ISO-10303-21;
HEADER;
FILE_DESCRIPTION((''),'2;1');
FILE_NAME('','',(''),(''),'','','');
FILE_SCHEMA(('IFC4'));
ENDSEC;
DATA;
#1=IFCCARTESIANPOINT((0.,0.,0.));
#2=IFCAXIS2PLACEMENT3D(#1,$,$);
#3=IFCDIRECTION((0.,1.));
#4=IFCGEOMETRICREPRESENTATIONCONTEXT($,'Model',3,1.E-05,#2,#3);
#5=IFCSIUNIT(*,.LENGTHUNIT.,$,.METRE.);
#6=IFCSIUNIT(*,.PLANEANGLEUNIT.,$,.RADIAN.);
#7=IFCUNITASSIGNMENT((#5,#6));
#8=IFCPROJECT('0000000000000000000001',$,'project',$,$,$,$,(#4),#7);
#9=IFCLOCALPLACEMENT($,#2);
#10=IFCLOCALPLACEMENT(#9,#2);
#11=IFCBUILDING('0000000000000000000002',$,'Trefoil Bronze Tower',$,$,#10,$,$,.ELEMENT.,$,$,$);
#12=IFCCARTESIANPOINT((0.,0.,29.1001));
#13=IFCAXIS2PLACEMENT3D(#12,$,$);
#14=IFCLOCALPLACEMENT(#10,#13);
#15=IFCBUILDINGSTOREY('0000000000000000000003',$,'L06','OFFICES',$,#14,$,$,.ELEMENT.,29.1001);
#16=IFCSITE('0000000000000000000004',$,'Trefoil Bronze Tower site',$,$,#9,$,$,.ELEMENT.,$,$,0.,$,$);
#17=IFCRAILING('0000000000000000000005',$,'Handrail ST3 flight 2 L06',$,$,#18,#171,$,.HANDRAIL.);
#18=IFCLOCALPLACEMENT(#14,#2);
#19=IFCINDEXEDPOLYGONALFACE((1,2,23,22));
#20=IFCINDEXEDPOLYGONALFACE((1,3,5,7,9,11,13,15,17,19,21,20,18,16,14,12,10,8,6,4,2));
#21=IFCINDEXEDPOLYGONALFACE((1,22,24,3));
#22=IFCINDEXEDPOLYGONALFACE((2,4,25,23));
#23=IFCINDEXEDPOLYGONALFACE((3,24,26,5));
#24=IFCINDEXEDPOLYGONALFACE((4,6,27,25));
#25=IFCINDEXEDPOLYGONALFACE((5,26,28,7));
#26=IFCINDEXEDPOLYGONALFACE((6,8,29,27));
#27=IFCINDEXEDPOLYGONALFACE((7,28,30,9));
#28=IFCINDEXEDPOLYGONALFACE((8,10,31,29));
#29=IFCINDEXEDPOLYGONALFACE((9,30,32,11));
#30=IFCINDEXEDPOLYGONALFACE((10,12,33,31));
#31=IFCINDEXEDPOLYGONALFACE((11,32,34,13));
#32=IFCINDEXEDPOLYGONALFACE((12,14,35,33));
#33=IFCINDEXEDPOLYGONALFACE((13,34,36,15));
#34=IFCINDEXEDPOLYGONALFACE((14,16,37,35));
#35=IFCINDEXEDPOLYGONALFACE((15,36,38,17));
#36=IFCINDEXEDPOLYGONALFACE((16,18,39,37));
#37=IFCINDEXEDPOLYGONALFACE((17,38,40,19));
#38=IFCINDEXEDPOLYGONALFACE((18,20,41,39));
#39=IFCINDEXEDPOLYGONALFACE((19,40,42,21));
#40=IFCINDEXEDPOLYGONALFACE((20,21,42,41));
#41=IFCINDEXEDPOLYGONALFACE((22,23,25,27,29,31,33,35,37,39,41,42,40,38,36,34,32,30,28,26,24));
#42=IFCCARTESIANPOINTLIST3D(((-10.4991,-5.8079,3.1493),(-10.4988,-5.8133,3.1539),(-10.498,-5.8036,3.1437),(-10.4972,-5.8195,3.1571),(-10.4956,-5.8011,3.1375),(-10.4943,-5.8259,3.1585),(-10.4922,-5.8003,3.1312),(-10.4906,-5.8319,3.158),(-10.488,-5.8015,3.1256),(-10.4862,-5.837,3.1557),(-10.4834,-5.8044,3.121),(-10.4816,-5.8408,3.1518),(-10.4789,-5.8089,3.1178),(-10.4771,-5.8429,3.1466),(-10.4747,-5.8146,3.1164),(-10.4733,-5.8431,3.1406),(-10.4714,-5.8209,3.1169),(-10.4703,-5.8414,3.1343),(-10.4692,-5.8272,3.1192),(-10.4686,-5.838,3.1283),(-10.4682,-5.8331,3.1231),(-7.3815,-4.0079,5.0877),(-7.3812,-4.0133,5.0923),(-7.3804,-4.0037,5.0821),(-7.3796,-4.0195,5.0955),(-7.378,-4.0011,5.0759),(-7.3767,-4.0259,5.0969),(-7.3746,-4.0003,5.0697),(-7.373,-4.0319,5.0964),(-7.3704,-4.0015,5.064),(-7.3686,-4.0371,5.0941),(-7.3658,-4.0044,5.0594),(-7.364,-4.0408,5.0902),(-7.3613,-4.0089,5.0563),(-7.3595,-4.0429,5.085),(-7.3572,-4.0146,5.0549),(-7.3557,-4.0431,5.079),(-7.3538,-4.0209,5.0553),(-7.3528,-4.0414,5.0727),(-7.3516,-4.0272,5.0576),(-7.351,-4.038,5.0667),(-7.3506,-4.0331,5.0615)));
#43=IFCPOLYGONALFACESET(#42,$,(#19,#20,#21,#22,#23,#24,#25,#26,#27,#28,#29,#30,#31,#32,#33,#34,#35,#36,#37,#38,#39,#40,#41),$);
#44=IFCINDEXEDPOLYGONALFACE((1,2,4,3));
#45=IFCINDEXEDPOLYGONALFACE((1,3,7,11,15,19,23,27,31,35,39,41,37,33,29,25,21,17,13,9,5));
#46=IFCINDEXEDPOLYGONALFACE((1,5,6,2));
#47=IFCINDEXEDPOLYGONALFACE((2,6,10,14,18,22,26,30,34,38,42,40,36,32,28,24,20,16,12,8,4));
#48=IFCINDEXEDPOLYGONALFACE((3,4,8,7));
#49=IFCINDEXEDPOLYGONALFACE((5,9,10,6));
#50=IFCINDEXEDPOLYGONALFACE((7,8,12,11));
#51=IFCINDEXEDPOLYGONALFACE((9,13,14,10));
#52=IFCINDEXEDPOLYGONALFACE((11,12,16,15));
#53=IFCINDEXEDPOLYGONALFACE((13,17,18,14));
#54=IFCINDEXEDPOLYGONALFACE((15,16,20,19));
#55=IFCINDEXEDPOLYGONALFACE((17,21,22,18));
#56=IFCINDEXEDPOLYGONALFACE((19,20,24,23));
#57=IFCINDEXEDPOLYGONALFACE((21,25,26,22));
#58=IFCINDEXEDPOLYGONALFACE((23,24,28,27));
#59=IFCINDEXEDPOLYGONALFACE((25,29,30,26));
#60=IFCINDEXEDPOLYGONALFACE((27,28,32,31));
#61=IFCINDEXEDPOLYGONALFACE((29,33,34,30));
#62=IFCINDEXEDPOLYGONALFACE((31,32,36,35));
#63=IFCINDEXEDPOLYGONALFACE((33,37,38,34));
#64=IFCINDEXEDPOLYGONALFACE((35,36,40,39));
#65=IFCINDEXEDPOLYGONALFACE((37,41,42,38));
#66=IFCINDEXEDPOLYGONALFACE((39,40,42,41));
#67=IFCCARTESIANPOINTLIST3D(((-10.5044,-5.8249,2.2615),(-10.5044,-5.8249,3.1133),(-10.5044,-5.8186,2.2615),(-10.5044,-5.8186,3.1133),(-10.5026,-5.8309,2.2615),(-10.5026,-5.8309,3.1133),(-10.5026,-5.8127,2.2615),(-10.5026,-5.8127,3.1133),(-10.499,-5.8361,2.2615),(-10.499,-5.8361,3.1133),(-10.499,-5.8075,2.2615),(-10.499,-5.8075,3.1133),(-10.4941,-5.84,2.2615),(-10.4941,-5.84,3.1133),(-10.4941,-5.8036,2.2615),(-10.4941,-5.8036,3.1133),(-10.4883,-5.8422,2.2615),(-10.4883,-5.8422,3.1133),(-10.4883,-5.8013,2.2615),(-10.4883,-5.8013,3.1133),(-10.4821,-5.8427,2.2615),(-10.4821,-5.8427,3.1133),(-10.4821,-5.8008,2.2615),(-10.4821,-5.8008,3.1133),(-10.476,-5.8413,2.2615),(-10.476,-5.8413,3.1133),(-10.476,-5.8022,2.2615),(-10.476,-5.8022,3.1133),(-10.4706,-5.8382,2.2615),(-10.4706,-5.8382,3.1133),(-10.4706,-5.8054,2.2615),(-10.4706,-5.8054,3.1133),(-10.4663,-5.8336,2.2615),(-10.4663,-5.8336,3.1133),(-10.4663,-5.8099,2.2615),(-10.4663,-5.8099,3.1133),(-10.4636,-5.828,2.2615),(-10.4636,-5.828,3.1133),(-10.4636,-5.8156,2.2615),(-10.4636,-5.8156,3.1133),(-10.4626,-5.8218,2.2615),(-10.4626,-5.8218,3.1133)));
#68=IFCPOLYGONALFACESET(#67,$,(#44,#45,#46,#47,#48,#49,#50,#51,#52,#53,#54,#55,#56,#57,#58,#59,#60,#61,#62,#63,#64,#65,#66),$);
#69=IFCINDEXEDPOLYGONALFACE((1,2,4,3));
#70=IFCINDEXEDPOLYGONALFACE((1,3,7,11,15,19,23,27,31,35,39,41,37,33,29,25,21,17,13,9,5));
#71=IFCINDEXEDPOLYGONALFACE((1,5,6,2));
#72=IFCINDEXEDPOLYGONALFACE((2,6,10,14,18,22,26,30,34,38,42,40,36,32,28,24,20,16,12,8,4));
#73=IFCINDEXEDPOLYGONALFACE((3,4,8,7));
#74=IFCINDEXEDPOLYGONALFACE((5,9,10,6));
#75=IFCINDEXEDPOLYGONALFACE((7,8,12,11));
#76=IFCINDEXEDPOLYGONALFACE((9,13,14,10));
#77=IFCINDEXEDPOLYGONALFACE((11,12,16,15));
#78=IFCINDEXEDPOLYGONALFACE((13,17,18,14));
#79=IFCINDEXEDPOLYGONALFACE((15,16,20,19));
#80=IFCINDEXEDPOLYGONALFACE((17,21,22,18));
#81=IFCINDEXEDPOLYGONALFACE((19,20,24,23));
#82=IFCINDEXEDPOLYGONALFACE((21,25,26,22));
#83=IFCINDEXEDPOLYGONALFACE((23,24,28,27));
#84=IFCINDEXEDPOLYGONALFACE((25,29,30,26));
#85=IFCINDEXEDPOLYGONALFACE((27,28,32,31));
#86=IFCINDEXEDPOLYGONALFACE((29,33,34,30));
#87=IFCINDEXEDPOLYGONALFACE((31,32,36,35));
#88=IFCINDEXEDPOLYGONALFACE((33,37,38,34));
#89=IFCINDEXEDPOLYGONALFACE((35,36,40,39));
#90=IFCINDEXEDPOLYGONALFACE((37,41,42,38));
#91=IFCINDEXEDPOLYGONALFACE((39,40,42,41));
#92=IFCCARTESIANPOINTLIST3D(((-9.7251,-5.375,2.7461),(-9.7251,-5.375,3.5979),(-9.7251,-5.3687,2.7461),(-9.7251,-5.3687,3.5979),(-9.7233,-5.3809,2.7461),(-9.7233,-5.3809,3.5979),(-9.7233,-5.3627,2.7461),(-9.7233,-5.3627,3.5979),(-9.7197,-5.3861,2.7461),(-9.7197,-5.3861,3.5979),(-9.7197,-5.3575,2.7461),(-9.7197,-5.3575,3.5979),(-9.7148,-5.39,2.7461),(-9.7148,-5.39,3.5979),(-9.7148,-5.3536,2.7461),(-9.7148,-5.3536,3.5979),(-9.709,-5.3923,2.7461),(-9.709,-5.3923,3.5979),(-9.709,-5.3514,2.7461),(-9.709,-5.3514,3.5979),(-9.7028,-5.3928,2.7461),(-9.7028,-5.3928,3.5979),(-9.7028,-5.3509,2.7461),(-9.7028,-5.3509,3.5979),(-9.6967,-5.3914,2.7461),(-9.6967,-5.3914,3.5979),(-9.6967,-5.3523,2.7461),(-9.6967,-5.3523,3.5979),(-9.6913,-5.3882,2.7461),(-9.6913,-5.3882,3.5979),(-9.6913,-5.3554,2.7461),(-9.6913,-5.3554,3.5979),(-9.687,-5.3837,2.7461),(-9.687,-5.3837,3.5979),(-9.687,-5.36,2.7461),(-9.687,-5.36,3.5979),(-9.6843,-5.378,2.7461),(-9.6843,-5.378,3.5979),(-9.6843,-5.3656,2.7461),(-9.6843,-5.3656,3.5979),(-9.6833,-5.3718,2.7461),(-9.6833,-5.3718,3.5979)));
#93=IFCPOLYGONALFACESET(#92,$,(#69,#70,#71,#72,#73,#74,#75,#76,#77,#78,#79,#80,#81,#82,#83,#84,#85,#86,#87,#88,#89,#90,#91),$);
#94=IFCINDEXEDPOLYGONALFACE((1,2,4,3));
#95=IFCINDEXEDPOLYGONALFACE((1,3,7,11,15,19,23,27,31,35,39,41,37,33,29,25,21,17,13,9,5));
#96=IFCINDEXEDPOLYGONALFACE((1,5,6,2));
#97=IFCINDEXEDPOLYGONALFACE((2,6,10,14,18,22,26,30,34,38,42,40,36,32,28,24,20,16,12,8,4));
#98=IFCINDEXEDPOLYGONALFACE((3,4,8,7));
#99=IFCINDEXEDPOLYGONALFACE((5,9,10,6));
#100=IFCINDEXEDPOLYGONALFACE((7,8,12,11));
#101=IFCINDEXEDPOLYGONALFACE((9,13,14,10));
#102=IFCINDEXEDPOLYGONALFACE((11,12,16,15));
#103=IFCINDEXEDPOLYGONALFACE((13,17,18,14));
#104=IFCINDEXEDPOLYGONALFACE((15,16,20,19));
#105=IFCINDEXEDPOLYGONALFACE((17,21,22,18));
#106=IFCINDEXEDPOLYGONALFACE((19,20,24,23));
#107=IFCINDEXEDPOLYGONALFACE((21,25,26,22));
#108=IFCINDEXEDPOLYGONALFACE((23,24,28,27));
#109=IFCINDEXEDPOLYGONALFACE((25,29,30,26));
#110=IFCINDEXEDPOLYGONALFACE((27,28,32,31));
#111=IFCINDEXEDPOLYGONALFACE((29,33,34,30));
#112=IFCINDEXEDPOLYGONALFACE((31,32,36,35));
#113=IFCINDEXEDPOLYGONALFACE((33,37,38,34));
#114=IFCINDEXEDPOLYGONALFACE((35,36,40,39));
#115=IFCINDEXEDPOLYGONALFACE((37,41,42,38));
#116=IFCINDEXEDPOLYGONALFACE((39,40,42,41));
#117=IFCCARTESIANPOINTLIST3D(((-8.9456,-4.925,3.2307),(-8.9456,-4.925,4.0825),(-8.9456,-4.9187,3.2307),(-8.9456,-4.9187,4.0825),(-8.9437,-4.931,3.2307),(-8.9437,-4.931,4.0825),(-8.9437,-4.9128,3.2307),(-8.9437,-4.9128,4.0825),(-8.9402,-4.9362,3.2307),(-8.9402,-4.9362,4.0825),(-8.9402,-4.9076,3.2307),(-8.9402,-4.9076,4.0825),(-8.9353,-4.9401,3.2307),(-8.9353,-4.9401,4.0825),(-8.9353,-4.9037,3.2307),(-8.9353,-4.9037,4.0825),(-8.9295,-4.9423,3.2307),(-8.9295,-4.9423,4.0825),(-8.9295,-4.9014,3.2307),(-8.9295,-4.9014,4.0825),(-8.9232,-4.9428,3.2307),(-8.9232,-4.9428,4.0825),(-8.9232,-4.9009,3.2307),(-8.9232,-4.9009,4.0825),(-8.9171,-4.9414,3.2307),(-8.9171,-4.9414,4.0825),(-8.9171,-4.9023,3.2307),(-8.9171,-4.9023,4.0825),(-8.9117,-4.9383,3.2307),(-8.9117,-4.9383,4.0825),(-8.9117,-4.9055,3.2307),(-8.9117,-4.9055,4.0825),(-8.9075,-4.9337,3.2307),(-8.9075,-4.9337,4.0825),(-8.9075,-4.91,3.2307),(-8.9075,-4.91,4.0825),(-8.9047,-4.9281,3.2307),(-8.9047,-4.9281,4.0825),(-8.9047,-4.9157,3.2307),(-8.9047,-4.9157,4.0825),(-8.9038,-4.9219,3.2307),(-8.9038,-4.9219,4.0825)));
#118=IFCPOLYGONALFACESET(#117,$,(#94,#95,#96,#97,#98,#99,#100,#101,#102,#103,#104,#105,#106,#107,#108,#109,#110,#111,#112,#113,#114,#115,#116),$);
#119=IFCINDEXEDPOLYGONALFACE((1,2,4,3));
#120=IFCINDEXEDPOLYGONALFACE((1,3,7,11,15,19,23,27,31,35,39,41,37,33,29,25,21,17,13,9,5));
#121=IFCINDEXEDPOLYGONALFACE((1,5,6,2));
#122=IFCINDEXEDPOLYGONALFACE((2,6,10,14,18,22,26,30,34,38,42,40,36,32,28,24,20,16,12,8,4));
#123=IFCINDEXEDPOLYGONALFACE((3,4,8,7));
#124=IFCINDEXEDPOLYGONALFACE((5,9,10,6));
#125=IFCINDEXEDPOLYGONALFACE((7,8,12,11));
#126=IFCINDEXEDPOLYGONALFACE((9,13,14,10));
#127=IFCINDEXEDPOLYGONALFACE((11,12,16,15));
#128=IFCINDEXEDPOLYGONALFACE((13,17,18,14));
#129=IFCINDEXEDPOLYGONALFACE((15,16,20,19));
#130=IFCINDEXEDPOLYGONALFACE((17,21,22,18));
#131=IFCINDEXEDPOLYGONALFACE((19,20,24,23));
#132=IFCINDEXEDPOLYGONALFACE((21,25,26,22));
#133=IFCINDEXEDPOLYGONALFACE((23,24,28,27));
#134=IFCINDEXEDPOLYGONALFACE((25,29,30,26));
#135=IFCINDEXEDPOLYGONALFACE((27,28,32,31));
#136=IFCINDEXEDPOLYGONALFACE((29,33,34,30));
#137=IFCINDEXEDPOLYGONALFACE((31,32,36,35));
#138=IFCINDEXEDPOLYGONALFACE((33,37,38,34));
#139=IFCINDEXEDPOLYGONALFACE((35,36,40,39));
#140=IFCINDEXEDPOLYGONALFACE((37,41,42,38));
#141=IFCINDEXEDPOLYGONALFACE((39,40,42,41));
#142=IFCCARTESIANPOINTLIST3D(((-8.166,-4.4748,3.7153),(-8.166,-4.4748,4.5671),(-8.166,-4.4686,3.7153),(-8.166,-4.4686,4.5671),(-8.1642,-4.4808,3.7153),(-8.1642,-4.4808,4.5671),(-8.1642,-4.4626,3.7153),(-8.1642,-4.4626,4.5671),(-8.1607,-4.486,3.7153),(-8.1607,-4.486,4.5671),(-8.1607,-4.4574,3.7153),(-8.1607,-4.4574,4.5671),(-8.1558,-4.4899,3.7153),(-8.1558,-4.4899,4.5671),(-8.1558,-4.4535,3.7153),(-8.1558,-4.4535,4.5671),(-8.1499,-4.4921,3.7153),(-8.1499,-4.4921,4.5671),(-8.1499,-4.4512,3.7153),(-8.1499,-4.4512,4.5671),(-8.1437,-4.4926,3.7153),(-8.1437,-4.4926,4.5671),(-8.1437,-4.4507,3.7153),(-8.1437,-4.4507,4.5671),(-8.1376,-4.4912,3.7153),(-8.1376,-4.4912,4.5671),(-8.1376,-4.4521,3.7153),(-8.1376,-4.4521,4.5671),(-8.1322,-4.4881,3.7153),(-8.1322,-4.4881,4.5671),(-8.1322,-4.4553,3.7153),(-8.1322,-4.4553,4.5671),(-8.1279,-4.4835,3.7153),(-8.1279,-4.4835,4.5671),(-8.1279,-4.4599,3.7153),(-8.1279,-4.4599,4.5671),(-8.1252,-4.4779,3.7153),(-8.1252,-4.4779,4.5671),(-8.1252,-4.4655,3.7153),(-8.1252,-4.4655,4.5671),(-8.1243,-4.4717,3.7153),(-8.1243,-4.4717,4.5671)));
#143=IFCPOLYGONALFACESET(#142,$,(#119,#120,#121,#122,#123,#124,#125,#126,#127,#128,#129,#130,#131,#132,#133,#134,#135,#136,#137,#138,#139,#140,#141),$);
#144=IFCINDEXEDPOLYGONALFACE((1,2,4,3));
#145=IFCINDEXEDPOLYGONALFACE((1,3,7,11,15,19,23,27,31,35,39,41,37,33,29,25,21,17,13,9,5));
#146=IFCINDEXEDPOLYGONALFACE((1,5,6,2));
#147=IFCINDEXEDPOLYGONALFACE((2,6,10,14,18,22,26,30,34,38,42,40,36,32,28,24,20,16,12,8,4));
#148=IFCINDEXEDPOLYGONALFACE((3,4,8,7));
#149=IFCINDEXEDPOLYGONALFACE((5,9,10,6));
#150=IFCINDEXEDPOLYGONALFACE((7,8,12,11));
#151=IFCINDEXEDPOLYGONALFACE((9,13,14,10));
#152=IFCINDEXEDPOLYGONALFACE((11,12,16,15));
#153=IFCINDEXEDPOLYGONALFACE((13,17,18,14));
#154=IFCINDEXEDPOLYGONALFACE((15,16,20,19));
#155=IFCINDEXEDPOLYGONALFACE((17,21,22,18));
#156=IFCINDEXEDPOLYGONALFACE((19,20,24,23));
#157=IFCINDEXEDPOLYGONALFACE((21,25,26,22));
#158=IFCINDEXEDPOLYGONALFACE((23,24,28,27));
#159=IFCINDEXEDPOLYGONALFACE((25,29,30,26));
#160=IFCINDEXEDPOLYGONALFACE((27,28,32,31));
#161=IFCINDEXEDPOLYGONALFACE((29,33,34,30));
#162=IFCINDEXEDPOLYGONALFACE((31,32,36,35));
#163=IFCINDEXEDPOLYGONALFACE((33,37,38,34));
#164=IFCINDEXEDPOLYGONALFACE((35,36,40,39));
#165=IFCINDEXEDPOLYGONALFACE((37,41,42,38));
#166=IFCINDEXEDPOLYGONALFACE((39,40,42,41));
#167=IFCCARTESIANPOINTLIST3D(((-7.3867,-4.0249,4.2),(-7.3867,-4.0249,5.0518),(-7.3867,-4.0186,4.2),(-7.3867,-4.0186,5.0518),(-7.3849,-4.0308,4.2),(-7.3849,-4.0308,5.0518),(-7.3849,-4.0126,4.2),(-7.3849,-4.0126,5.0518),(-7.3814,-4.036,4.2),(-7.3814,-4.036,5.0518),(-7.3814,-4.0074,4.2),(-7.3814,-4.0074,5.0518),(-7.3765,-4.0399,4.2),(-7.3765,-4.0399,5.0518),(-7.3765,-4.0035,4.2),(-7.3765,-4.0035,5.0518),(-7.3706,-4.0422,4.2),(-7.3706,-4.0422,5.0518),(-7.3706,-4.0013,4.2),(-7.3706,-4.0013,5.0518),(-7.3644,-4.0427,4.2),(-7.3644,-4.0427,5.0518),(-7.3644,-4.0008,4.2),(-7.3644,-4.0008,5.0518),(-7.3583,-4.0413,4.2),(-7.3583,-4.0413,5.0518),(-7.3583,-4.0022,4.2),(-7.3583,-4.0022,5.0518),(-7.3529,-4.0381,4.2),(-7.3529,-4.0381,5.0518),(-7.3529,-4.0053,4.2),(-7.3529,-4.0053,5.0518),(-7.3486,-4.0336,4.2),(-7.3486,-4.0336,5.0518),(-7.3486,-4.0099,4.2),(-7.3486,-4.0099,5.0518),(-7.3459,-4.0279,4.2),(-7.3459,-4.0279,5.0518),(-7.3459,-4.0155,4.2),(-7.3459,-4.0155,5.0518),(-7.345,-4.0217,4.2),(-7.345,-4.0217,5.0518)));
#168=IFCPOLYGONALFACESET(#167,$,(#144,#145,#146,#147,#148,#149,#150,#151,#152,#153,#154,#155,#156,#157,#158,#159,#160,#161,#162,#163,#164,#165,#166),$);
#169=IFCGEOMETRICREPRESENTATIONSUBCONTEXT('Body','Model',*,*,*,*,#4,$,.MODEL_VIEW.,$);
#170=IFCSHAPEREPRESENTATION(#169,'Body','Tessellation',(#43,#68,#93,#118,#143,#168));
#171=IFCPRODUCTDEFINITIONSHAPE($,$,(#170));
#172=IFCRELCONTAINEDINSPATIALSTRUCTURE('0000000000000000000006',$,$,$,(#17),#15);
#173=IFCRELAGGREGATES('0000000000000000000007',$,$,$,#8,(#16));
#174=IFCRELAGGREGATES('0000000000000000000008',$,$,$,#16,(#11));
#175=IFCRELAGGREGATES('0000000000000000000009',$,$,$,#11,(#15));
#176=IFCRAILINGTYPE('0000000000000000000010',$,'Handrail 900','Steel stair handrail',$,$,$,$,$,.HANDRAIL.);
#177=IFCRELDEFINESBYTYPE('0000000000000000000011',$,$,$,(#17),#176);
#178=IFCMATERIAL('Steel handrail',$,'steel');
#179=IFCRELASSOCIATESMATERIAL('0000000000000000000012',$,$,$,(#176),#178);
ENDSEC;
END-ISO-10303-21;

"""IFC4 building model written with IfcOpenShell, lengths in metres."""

from ifc_helpers import new_model, si_unit, direction, frame, origin, origin_2d, place, context, subcontext, project, spatial, circle, extrude, material, type_object, element, save


model = new_model("IFC4")

# Units and contexts
model_context = context("Model", 3, precision=1e-05, world=origin(), true_north=direction((0.0, 1.0)))
body_context = subcontext(model_context, "Body", "Model", "MODEL_VIEW")
ifc_project = project(units=[si_unit("LENGTHUNIT", "METRE"), si_unit("PLANEANGLEUNIT", "RADIAN")], contexts=[model_context])

# Site, building, storey
site_placement = place(None, origin())
site = spatial("IfcSite", under=ifc_project, at=site_placement, Name="Trefoil Bronze Tower site", CompositionType="ELEMENT", RefElevation=0.0)
building_placement = place(site_placement, origin())
building = spatial("IfcBuilding", under=site, at=building_placement, Name="Trefoil Bronze Tower", CompositionType="ELEMENT")
storey_placement = place(building_placement, frame((0.0, 0.0, 29.1001)))
storey = spatial("IfcBuildingStorey", under=building, at=storey_placement, Name="L06", Description="OFFICES", CompositionType="ELEMENT", Elevation=29.1001)

# Railing
ifc_material_1 = material(Name="Steel handrail", Category="steel")
railing_type = type_object("IfcRailingType", Name="Handrail 900", Description="Steel stair handrail", PredefinedType="HANDRAIL", material=ifc_material_1)
railing_1_placement = place(storey_placement, frame((-10.4836, -5.8218, 2.2615)))
element("IfcRailing", 1, at=railing_1_placement, inside=storey, type_object=railing_type, Name="Handrail ST3 flight 2 L06", PredefinedType="HANDRAIL", context=body_context, shape_type="SweptSolid", body=[
    extrude(circle(Radius=0.0239, at=origin_2d()), frame((0.0, 0.0, 0.876), z_axis=(0.762503, 0.440246, 0.474102), x_axis=(-0.500012, 0.866018, 0.0)), (0.0, 0.0, 1.0), 4.0886),
    extrude(circle(Radius=0.021, at=origin_2d()), origin(), (0.0, 0.0, 1.0), 0.8518),
    extrude(circle(Radius=0.021, at=origin_2d()), frame((0.7793, 0.45, 0.4846)), (0.0, 0.0, 1.0), 0.8518),
    extrude(circle(Radius=0.021, at=origin_2d()), frame((1.5588, 0.8999, 0.9692)), (0.0, 0.0, 1.0), 0.8518),
    extrude(circle(Radius=0.021, at=origin_2d()), frame((2.3384, 1.3501, 1.4539)), (0.0, 0.0, 1.0), 0.8518),
    extrude(circle(Radius=0.021, at=origin_2d()), frame((3.1177, 1.8, 1.9385)), (0.0, 0.0, 1.0), 0.8518),
])

save(model, "model.ifc")
